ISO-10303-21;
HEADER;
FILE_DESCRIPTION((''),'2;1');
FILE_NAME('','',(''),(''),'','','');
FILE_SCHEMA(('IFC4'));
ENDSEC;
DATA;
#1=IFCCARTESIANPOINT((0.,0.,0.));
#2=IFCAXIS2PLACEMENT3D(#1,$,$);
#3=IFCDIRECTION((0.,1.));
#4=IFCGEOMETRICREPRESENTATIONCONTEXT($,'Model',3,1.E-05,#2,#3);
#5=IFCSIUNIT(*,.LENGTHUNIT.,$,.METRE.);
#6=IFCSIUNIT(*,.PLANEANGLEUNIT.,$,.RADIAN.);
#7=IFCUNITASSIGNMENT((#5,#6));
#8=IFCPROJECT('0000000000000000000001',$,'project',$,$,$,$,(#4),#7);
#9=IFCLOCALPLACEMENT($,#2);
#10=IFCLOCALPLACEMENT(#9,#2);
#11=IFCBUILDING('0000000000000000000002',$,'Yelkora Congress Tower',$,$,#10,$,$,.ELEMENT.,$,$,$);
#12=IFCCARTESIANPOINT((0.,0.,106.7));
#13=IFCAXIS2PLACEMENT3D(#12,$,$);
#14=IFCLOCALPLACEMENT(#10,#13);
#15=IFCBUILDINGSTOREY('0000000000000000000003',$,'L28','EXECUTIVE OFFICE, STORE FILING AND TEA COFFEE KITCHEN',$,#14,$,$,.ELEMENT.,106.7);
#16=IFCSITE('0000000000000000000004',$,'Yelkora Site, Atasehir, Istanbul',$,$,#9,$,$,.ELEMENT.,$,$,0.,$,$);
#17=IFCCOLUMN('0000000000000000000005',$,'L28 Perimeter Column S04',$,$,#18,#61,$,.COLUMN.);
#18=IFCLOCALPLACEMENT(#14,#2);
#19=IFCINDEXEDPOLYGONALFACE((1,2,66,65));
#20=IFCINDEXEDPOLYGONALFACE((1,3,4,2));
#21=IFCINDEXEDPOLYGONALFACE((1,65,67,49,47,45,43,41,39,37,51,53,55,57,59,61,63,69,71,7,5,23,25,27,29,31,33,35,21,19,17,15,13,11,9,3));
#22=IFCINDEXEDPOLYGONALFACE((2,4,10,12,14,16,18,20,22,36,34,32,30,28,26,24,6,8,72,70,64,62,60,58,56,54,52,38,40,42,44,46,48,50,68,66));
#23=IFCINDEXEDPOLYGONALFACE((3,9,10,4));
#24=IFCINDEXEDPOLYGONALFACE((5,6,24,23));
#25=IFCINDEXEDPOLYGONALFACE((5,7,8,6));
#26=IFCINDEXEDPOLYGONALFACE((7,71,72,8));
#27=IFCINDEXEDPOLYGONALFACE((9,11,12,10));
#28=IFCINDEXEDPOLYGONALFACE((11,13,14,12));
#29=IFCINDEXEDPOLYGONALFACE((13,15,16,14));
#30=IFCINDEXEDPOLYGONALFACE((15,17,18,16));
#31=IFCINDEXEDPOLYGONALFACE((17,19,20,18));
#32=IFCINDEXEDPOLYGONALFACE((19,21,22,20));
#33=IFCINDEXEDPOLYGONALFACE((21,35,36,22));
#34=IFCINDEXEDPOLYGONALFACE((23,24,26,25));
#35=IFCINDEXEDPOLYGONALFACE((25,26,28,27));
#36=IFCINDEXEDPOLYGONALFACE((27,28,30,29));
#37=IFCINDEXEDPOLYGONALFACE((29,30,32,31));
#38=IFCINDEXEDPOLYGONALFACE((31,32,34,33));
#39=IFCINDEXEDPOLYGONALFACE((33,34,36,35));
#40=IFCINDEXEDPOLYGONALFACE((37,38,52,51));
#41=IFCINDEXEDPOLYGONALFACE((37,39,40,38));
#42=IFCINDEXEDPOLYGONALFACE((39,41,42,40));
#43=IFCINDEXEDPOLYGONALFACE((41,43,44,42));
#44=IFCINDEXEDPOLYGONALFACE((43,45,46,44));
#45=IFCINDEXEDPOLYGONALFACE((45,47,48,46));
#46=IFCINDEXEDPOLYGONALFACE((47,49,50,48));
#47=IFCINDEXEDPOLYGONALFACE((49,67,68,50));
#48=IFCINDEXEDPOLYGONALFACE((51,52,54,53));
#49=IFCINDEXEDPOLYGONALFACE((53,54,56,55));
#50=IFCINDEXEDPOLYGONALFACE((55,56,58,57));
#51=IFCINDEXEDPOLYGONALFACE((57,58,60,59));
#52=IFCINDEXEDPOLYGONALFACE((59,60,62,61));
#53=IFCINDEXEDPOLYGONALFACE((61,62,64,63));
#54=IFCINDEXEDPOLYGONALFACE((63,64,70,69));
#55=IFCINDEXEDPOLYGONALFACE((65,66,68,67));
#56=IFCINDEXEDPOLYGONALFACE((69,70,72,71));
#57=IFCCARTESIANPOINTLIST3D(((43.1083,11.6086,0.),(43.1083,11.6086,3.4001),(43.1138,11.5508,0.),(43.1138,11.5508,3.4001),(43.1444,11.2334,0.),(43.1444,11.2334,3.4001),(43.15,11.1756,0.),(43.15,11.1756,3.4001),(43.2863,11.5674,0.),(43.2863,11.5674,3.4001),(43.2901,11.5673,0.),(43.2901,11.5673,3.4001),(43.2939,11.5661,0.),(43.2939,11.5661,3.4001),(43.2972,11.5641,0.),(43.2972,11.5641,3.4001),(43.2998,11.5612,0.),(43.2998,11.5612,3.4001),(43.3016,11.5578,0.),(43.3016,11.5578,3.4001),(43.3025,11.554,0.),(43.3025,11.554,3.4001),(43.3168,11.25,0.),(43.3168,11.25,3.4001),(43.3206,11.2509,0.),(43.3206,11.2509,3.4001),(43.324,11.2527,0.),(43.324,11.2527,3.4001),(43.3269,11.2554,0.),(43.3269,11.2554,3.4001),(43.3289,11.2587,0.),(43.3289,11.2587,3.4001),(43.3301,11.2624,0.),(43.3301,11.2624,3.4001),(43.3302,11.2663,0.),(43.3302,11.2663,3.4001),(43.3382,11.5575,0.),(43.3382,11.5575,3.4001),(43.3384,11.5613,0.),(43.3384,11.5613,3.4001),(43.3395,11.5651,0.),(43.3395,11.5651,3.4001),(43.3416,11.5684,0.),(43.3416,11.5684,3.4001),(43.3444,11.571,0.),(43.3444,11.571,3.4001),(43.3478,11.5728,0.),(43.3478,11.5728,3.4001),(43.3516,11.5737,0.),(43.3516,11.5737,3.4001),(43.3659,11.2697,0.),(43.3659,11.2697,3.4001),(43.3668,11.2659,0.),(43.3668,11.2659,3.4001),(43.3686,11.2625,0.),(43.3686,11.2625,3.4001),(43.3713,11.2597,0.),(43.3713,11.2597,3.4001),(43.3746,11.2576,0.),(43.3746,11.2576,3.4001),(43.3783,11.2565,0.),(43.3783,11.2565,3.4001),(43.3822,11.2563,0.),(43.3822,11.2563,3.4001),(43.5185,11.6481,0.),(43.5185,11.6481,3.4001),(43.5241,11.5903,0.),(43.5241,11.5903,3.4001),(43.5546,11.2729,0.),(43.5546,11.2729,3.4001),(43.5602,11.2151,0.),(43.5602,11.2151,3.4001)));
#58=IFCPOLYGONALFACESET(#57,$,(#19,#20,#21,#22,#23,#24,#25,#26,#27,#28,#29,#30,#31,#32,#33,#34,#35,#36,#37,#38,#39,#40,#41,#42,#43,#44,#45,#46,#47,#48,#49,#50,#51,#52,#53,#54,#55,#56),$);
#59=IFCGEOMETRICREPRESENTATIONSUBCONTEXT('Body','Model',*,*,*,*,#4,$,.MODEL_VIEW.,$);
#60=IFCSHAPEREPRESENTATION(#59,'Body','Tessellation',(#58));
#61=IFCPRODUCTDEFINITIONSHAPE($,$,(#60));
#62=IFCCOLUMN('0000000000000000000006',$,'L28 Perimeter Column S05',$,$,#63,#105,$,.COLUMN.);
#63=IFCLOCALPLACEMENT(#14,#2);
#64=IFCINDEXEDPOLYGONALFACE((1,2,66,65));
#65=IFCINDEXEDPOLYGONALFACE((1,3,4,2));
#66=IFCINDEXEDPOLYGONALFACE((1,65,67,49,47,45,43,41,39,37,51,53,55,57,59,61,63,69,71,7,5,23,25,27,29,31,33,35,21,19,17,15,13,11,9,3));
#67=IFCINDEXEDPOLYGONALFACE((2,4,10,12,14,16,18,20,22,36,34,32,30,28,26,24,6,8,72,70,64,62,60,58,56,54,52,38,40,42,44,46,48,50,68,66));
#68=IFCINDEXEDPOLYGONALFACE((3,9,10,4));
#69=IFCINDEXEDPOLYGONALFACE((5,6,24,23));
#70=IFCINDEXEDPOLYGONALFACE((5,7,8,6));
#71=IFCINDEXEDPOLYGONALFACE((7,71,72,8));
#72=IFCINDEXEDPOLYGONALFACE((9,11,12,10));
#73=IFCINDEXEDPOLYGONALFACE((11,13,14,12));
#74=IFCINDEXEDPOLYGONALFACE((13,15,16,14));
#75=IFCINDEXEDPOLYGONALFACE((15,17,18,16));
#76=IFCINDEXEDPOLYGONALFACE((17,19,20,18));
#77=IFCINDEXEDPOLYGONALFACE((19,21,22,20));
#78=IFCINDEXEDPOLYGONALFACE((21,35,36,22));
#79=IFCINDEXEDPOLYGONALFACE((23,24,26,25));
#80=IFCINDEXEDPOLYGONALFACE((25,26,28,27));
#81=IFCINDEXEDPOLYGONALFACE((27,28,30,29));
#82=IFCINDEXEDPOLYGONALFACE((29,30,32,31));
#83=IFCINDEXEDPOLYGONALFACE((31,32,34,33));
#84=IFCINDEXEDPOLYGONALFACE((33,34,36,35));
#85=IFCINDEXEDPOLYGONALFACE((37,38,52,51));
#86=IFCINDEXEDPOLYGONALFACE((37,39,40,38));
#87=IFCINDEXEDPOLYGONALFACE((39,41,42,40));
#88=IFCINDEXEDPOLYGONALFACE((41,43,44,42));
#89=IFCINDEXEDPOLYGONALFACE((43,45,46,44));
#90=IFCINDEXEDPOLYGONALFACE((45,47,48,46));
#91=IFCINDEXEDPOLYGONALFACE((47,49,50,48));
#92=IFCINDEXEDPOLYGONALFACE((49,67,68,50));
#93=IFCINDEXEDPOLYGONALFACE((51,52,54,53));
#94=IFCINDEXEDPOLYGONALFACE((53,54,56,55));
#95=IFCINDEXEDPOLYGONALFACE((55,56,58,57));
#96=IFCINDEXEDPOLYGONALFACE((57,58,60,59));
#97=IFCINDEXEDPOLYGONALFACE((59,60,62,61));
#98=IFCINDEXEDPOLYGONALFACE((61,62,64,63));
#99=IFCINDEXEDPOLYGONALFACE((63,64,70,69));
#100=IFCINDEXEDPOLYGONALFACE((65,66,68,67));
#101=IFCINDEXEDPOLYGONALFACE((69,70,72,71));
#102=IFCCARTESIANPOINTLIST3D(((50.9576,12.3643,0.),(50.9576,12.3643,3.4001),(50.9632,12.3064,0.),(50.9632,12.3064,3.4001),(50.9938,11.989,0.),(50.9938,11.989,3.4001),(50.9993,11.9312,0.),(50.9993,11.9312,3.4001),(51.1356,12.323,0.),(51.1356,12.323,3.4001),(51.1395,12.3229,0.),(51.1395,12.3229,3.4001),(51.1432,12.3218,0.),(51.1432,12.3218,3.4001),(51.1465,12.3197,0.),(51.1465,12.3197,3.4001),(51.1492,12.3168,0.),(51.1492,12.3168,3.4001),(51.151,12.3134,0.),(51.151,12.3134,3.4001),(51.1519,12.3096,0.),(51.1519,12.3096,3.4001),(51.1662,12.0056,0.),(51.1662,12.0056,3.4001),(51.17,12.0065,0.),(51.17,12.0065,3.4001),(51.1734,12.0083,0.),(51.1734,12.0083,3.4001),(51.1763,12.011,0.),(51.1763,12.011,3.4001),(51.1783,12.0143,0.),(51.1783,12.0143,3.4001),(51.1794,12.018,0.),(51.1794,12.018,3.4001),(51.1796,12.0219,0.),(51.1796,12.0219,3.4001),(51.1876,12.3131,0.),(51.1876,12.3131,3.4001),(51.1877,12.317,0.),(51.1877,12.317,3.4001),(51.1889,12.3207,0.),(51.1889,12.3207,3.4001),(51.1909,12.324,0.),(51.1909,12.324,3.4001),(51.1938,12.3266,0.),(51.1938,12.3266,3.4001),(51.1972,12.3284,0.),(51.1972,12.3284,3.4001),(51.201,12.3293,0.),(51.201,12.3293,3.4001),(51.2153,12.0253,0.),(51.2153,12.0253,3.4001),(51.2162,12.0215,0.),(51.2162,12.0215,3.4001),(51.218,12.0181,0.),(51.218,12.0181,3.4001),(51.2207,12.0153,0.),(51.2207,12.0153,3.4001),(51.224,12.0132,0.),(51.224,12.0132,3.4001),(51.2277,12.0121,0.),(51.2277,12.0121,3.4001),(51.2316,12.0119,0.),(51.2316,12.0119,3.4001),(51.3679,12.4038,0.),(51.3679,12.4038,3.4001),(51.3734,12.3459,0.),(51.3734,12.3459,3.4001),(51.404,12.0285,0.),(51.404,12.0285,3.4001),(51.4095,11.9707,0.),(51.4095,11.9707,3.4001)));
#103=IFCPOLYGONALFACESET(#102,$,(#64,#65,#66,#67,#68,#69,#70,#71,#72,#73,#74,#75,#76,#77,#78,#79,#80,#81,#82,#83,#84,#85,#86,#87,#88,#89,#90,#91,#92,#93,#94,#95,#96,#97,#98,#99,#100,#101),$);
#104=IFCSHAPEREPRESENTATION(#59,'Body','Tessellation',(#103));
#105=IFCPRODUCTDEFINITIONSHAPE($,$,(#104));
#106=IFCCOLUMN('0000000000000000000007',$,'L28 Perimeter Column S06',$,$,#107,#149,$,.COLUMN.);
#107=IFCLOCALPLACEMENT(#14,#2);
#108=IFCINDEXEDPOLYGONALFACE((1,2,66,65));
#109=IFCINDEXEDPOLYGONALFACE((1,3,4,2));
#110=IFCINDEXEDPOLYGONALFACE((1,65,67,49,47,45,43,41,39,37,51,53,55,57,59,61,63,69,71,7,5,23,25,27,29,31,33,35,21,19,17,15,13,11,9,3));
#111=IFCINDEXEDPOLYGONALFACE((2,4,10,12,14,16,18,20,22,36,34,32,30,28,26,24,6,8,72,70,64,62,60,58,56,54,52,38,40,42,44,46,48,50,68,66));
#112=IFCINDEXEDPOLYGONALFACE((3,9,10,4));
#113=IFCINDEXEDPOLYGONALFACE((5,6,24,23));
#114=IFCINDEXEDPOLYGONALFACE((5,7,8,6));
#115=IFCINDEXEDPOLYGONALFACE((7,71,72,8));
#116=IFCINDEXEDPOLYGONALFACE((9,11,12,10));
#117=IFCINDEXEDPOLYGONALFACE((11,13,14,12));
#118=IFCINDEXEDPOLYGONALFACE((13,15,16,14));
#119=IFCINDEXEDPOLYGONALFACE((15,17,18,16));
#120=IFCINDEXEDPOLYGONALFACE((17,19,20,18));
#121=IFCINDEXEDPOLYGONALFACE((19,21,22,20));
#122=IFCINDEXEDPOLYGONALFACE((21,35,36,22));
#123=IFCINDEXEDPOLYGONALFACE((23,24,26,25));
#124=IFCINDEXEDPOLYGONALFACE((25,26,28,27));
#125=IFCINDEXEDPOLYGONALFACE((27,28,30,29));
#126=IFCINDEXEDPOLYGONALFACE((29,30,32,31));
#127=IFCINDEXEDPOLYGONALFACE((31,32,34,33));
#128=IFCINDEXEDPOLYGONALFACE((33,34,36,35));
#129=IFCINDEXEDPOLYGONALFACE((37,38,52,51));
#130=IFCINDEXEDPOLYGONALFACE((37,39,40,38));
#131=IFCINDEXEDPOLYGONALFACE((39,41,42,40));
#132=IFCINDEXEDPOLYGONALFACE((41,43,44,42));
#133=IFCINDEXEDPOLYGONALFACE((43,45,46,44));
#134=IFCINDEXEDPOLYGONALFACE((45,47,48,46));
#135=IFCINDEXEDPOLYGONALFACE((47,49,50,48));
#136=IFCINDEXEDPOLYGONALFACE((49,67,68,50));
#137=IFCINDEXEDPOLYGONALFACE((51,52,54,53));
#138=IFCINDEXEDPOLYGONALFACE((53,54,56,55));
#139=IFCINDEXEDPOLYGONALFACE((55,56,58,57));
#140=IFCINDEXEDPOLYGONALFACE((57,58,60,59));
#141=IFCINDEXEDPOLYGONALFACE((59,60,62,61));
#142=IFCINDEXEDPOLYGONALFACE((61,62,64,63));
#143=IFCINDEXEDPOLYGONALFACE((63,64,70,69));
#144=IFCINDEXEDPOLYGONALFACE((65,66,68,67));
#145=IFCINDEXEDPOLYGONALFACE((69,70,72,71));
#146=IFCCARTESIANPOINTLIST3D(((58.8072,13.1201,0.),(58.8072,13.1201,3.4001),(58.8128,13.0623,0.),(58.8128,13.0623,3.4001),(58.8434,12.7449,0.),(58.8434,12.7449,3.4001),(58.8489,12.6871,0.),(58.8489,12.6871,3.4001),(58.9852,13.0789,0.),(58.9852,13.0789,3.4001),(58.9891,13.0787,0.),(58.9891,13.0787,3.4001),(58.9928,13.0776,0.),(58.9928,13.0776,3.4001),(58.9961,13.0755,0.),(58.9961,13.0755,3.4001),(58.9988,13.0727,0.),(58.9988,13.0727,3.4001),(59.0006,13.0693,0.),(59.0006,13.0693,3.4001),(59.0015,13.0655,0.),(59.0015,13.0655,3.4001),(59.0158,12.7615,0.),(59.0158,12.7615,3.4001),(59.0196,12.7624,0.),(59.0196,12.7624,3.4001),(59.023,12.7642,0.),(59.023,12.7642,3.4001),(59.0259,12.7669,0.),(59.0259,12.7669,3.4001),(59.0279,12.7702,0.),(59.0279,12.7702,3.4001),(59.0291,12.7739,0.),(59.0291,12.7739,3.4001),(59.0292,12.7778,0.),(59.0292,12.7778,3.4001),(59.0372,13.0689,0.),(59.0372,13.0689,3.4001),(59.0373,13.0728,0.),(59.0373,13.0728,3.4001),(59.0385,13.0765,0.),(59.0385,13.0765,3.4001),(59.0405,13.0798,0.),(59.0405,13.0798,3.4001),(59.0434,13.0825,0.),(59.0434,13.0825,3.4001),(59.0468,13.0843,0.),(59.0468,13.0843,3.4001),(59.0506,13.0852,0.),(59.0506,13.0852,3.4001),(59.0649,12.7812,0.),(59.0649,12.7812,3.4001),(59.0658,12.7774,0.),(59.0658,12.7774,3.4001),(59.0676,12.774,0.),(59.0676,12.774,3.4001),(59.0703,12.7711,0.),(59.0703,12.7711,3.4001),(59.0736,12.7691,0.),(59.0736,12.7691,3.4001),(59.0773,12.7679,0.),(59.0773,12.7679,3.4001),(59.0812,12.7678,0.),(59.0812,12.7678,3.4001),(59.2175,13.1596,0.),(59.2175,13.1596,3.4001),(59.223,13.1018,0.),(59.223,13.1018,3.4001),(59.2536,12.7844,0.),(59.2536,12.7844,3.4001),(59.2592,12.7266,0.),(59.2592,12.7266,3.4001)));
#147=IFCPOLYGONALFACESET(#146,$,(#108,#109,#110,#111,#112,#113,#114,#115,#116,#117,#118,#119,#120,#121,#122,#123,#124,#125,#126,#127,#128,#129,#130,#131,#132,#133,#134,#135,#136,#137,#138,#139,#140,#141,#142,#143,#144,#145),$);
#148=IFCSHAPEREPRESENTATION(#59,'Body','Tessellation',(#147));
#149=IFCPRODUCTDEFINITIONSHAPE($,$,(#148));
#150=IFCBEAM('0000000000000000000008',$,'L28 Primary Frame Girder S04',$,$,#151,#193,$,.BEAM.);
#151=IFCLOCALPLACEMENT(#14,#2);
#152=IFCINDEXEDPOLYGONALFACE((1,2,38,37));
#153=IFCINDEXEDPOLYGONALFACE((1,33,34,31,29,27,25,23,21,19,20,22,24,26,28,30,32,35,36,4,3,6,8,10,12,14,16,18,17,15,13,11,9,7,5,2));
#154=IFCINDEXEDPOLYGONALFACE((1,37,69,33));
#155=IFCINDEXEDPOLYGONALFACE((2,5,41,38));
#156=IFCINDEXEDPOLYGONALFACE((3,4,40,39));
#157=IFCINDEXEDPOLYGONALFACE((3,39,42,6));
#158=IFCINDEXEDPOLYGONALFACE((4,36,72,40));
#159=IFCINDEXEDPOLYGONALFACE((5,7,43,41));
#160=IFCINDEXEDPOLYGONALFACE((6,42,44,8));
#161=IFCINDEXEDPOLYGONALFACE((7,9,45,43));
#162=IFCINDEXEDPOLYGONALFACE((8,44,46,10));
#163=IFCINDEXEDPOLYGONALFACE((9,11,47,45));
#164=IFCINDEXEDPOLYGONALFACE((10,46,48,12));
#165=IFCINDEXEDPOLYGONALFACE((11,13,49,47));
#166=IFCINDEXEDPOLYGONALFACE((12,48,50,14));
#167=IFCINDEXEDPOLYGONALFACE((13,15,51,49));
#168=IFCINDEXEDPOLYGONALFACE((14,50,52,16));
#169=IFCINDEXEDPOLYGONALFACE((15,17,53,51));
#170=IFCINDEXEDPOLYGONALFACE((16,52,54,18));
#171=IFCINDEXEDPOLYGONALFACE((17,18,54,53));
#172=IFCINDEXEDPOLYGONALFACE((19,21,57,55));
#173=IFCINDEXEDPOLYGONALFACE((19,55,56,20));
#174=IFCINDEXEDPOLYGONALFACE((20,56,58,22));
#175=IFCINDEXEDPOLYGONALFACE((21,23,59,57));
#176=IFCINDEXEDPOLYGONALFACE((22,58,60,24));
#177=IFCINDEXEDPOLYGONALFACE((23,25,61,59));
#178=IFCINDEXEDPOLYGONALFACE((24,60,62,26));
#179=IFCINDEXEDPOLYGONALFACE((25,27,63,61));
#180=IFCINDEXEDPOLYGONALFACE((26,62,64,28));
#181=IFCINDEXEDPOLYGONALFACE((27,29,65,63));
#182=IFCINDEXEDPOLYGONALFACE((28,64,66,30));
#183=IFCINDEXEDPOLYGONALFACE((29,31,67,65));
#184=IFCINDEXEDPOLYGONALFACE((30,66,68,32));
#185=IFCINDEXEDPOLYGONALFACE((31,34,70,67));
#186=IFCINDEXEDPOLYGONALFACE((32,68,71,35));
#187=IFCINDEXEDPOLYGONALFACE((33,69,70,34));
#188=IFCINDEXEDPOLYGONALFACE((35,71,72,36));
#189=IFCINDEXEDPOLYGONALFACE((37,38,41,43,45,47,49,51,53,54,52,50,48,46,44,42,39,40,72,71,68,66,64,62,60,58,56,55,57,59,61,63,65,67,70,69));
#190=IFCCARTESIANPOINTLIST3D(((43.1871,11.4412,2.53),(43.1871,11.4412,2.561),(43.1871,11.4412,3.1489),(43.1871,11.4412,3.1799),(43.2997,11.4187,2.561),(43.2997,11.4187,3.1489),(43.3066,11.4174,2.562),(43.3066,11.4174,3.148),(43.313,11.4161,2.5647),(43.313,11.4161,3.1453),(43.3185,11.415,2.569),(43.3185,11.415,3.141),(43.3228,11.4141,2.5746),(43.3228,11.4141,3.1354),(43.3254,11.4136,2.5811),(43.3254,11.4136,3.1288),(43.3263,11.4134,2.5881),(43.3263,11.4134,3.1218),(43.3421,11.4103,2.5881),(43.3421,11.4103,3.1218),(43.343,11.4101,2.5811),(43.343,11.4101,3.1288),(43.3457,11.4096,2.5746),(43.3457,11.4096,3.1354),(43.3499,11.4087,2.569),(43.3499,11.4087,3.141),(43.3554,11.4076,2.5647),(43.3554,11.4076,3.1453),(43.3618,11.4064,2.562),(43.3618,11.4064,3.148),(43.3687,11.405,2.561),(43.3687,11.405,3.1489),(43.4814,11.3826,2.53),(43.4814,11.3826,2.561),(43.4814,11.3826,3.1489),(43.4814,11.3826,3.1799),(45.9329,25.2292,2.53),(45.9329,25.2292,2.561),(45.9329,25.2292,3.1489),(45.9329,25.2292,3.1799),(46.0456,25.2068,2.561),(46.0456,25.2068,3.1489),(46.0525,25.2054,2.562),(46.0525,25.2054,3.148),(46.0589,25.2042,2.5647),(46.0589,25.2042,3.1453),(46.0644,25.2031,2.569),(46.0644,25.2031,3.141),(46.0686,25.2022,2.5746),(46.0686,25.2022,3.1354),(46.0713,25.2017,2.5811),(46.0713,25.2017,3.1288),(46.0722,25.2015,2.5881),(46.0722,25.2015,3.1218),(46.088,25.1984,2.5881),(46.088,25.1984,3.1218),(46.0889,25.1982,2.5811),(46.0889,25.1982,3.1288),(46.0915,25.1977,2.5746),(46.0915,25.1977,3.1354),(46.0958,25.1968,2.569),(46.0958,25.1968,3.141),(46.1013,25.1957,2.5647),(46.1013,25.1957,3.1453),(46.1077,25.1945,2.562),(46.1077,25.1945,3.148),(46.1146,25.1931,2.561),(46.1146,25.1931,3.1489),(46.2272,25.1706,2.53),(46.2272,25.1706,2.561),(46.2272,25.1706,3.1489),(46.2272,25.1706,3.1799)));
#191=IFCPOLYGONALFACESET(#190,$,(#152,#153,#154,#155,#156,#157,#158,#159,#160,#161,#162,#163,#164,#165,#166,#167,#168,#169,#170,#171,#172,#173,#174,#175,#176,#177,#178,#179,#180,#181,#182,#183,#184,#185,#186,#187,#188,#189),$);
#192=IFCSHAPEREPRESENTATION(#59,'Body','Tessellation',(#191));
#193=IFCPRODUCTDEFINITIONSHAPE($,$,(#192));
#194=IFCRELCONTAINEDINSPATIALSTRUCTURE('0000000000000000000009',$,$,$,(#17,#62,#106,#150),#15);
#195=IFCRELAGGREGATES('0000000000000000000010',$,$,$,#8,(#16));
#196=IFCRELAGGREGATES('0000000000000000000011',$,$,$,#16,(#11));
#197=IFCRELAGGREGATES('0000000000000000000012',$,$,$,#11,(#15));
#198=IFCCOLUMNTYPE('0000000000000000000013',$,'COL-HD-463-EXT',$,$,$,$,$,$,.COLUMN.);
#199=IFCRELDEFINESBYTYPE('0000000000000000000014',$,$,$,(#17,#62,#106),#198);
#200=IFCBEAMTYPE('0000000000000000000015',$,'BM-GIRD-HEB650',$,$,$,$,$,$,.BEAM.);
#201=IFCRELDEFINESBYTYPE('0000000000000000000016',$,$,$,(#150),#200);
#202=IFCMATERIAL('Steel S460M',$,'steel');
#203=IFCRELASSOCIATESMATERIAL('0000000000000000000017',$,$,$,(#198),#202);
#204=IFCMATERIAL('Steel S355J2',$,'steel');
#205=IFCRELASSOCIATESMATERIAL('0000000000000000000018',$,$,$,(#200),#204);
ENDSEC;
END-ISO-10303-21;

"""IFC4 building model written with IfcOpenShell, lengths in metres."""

from ifc_helpers import new_model, si_unit, direction, frame, origin, origin_2d, place, context, subcontext, project, spatial, i_section, extrude, material, material_profile, profile_set, type_object, element, save


model = new_model("IFC4")

# Units and contexts
model_context = context("Model", 3, precision=1e-05, world=origin(), true_north=direction((0.0, 1.0)))
body_context = subcontext(model_context, "Body", "Model", "MODEL_VIEW")
ifc_project = project(units=[si_unit("LENGTHUNIT", "METRE"), si_unit("PLANEANGLEUNIT", "RADIAN")], contexts=[model_context])

# Site, building, storey
site_placement = place(None, origin())
site = spatial("IfcSite", under=ifc_project, at=site_placement, Name="Yelkora Site, Atasehir, Istanbul", CompositionType="ELEMENT", RefElevation=0.0)
building_placement = place(site_placement, origin())
building = spatial("IfcBuilding", under=site, at=building_placement, Name="Yelkora Congress Tower", CompositionType="ELEMENT")
storey_placement = place(building_placement, frame((0.0, 0.0, 106.7)))
storey = spatial("IfcBuildingStorey", under=building, at=storey_placement, Name="L28", Description="EXECUTIVE OFFICE, STORE FILING AND TEA COFFEE KITCHEN", CompositionType="ELEMENT", Elevation=106.7)

# Columns
ifc_material_1 = material(Name="Steel S460M", Category="steel")
ifc_material_profile_1 = material_profile(ifc_material_1, i_section(OverallWidth=0.4121, OverallDepth=0.4351, WebThickness=0.0359, FlangeThickness=0.0581, FilletRadius=0.0149, at=origin_2d()), Name="HD 400x463")
ifc_profile_set_1 = profile_set([ifc_material_profile_1], Name="Steel S460M")
column_type = type_object("IfcColumnType", Name="COL-HD-463-EXT", PredefinedType="COLUMN", material=ifc_profile_set_1)
for number, where, z_axis, x_axis, name in (
    (1, (43.3342, 11.4119, 0.0), (0.0, 0.0, 1.0), (0.995396, 0.095846, 0.0), "L28 Perimeter Column S04"),
    (2, (51.1836, 12.1675, 0.0), (0.0, 0.0, 1.0), (0.995396, 0.095846, 0.0), "L28 Perimeter Column S05"),
    (3, (59.0332, 12.9233, 0.0), (0.0, 0.0, 1.0), (0.995396, 0.095846, 0.0), "L28 Perimeter Column S06"),
):
    element("IfcColumn", number, at=place(storey_placement, frame(where, z_axis=z_axis, x_axis=x_axis)), inside=storey, type_object=column_type, Name=name, PredefinedType="COLUMN", context=body_context, shape_type="SweptSolid", body=[
        extrude(i_section(OverallWidth=0.4121, OverallDepth=0.4351, WebThickness=0.0359, FlangeThickness=0.0581, FilletRadius=0.0149, at=origin_2d()), origin(), (0.0, 0.0, 1.0), 3.4001),
    ])

# Beam
ifc_material_2 = material(Name="Steel S355J2", Category="steel")
ifc_material_profile_2 = material_profile(ifc_material_2, i_section(OverallWidth=0.3, OverallDepth=0.6499, WebThickness=0.0161, FlangeThickness=0.031, FilletRadius=0.0271, at=origin_2d()), Name="HEB 650")
ifc_profile_set_2 = profile_set([ifc_material_profile_2], Name="Steel S355J2")
beam_type_1 = type_object("IfcBeamType", Name="BM-GIRD-HEB650", PredefinedType="BEAM", material=ifc_profile_set_2)
beam_1_placement = place(storey_placement, frame((43.3342, 11.4119, 2.855), z_axis=(0.195311, 0.980741, 0.0), x_axis=(-0.980741, 0.195311, 0.0)))
element("IfcBeam", 4, at=beam_1_placement, inside=storey, type_object=beam_type_1, Name="L28 Primary Frame Girder S04", PredefinedType="BEAM", context=body_context, shape_type="SweptSolid", body=[
    extrude(i_section(OverallWidth=0.3, OverallDepth=0.6499, WebThickness=0.0161, FlangeThickness=0.031, FilletRadius=0.0271, at=origin_2d()), origin(), (0.0, 0.0, 1.0), 14.0588),
])

save(model, "model.ifc")
